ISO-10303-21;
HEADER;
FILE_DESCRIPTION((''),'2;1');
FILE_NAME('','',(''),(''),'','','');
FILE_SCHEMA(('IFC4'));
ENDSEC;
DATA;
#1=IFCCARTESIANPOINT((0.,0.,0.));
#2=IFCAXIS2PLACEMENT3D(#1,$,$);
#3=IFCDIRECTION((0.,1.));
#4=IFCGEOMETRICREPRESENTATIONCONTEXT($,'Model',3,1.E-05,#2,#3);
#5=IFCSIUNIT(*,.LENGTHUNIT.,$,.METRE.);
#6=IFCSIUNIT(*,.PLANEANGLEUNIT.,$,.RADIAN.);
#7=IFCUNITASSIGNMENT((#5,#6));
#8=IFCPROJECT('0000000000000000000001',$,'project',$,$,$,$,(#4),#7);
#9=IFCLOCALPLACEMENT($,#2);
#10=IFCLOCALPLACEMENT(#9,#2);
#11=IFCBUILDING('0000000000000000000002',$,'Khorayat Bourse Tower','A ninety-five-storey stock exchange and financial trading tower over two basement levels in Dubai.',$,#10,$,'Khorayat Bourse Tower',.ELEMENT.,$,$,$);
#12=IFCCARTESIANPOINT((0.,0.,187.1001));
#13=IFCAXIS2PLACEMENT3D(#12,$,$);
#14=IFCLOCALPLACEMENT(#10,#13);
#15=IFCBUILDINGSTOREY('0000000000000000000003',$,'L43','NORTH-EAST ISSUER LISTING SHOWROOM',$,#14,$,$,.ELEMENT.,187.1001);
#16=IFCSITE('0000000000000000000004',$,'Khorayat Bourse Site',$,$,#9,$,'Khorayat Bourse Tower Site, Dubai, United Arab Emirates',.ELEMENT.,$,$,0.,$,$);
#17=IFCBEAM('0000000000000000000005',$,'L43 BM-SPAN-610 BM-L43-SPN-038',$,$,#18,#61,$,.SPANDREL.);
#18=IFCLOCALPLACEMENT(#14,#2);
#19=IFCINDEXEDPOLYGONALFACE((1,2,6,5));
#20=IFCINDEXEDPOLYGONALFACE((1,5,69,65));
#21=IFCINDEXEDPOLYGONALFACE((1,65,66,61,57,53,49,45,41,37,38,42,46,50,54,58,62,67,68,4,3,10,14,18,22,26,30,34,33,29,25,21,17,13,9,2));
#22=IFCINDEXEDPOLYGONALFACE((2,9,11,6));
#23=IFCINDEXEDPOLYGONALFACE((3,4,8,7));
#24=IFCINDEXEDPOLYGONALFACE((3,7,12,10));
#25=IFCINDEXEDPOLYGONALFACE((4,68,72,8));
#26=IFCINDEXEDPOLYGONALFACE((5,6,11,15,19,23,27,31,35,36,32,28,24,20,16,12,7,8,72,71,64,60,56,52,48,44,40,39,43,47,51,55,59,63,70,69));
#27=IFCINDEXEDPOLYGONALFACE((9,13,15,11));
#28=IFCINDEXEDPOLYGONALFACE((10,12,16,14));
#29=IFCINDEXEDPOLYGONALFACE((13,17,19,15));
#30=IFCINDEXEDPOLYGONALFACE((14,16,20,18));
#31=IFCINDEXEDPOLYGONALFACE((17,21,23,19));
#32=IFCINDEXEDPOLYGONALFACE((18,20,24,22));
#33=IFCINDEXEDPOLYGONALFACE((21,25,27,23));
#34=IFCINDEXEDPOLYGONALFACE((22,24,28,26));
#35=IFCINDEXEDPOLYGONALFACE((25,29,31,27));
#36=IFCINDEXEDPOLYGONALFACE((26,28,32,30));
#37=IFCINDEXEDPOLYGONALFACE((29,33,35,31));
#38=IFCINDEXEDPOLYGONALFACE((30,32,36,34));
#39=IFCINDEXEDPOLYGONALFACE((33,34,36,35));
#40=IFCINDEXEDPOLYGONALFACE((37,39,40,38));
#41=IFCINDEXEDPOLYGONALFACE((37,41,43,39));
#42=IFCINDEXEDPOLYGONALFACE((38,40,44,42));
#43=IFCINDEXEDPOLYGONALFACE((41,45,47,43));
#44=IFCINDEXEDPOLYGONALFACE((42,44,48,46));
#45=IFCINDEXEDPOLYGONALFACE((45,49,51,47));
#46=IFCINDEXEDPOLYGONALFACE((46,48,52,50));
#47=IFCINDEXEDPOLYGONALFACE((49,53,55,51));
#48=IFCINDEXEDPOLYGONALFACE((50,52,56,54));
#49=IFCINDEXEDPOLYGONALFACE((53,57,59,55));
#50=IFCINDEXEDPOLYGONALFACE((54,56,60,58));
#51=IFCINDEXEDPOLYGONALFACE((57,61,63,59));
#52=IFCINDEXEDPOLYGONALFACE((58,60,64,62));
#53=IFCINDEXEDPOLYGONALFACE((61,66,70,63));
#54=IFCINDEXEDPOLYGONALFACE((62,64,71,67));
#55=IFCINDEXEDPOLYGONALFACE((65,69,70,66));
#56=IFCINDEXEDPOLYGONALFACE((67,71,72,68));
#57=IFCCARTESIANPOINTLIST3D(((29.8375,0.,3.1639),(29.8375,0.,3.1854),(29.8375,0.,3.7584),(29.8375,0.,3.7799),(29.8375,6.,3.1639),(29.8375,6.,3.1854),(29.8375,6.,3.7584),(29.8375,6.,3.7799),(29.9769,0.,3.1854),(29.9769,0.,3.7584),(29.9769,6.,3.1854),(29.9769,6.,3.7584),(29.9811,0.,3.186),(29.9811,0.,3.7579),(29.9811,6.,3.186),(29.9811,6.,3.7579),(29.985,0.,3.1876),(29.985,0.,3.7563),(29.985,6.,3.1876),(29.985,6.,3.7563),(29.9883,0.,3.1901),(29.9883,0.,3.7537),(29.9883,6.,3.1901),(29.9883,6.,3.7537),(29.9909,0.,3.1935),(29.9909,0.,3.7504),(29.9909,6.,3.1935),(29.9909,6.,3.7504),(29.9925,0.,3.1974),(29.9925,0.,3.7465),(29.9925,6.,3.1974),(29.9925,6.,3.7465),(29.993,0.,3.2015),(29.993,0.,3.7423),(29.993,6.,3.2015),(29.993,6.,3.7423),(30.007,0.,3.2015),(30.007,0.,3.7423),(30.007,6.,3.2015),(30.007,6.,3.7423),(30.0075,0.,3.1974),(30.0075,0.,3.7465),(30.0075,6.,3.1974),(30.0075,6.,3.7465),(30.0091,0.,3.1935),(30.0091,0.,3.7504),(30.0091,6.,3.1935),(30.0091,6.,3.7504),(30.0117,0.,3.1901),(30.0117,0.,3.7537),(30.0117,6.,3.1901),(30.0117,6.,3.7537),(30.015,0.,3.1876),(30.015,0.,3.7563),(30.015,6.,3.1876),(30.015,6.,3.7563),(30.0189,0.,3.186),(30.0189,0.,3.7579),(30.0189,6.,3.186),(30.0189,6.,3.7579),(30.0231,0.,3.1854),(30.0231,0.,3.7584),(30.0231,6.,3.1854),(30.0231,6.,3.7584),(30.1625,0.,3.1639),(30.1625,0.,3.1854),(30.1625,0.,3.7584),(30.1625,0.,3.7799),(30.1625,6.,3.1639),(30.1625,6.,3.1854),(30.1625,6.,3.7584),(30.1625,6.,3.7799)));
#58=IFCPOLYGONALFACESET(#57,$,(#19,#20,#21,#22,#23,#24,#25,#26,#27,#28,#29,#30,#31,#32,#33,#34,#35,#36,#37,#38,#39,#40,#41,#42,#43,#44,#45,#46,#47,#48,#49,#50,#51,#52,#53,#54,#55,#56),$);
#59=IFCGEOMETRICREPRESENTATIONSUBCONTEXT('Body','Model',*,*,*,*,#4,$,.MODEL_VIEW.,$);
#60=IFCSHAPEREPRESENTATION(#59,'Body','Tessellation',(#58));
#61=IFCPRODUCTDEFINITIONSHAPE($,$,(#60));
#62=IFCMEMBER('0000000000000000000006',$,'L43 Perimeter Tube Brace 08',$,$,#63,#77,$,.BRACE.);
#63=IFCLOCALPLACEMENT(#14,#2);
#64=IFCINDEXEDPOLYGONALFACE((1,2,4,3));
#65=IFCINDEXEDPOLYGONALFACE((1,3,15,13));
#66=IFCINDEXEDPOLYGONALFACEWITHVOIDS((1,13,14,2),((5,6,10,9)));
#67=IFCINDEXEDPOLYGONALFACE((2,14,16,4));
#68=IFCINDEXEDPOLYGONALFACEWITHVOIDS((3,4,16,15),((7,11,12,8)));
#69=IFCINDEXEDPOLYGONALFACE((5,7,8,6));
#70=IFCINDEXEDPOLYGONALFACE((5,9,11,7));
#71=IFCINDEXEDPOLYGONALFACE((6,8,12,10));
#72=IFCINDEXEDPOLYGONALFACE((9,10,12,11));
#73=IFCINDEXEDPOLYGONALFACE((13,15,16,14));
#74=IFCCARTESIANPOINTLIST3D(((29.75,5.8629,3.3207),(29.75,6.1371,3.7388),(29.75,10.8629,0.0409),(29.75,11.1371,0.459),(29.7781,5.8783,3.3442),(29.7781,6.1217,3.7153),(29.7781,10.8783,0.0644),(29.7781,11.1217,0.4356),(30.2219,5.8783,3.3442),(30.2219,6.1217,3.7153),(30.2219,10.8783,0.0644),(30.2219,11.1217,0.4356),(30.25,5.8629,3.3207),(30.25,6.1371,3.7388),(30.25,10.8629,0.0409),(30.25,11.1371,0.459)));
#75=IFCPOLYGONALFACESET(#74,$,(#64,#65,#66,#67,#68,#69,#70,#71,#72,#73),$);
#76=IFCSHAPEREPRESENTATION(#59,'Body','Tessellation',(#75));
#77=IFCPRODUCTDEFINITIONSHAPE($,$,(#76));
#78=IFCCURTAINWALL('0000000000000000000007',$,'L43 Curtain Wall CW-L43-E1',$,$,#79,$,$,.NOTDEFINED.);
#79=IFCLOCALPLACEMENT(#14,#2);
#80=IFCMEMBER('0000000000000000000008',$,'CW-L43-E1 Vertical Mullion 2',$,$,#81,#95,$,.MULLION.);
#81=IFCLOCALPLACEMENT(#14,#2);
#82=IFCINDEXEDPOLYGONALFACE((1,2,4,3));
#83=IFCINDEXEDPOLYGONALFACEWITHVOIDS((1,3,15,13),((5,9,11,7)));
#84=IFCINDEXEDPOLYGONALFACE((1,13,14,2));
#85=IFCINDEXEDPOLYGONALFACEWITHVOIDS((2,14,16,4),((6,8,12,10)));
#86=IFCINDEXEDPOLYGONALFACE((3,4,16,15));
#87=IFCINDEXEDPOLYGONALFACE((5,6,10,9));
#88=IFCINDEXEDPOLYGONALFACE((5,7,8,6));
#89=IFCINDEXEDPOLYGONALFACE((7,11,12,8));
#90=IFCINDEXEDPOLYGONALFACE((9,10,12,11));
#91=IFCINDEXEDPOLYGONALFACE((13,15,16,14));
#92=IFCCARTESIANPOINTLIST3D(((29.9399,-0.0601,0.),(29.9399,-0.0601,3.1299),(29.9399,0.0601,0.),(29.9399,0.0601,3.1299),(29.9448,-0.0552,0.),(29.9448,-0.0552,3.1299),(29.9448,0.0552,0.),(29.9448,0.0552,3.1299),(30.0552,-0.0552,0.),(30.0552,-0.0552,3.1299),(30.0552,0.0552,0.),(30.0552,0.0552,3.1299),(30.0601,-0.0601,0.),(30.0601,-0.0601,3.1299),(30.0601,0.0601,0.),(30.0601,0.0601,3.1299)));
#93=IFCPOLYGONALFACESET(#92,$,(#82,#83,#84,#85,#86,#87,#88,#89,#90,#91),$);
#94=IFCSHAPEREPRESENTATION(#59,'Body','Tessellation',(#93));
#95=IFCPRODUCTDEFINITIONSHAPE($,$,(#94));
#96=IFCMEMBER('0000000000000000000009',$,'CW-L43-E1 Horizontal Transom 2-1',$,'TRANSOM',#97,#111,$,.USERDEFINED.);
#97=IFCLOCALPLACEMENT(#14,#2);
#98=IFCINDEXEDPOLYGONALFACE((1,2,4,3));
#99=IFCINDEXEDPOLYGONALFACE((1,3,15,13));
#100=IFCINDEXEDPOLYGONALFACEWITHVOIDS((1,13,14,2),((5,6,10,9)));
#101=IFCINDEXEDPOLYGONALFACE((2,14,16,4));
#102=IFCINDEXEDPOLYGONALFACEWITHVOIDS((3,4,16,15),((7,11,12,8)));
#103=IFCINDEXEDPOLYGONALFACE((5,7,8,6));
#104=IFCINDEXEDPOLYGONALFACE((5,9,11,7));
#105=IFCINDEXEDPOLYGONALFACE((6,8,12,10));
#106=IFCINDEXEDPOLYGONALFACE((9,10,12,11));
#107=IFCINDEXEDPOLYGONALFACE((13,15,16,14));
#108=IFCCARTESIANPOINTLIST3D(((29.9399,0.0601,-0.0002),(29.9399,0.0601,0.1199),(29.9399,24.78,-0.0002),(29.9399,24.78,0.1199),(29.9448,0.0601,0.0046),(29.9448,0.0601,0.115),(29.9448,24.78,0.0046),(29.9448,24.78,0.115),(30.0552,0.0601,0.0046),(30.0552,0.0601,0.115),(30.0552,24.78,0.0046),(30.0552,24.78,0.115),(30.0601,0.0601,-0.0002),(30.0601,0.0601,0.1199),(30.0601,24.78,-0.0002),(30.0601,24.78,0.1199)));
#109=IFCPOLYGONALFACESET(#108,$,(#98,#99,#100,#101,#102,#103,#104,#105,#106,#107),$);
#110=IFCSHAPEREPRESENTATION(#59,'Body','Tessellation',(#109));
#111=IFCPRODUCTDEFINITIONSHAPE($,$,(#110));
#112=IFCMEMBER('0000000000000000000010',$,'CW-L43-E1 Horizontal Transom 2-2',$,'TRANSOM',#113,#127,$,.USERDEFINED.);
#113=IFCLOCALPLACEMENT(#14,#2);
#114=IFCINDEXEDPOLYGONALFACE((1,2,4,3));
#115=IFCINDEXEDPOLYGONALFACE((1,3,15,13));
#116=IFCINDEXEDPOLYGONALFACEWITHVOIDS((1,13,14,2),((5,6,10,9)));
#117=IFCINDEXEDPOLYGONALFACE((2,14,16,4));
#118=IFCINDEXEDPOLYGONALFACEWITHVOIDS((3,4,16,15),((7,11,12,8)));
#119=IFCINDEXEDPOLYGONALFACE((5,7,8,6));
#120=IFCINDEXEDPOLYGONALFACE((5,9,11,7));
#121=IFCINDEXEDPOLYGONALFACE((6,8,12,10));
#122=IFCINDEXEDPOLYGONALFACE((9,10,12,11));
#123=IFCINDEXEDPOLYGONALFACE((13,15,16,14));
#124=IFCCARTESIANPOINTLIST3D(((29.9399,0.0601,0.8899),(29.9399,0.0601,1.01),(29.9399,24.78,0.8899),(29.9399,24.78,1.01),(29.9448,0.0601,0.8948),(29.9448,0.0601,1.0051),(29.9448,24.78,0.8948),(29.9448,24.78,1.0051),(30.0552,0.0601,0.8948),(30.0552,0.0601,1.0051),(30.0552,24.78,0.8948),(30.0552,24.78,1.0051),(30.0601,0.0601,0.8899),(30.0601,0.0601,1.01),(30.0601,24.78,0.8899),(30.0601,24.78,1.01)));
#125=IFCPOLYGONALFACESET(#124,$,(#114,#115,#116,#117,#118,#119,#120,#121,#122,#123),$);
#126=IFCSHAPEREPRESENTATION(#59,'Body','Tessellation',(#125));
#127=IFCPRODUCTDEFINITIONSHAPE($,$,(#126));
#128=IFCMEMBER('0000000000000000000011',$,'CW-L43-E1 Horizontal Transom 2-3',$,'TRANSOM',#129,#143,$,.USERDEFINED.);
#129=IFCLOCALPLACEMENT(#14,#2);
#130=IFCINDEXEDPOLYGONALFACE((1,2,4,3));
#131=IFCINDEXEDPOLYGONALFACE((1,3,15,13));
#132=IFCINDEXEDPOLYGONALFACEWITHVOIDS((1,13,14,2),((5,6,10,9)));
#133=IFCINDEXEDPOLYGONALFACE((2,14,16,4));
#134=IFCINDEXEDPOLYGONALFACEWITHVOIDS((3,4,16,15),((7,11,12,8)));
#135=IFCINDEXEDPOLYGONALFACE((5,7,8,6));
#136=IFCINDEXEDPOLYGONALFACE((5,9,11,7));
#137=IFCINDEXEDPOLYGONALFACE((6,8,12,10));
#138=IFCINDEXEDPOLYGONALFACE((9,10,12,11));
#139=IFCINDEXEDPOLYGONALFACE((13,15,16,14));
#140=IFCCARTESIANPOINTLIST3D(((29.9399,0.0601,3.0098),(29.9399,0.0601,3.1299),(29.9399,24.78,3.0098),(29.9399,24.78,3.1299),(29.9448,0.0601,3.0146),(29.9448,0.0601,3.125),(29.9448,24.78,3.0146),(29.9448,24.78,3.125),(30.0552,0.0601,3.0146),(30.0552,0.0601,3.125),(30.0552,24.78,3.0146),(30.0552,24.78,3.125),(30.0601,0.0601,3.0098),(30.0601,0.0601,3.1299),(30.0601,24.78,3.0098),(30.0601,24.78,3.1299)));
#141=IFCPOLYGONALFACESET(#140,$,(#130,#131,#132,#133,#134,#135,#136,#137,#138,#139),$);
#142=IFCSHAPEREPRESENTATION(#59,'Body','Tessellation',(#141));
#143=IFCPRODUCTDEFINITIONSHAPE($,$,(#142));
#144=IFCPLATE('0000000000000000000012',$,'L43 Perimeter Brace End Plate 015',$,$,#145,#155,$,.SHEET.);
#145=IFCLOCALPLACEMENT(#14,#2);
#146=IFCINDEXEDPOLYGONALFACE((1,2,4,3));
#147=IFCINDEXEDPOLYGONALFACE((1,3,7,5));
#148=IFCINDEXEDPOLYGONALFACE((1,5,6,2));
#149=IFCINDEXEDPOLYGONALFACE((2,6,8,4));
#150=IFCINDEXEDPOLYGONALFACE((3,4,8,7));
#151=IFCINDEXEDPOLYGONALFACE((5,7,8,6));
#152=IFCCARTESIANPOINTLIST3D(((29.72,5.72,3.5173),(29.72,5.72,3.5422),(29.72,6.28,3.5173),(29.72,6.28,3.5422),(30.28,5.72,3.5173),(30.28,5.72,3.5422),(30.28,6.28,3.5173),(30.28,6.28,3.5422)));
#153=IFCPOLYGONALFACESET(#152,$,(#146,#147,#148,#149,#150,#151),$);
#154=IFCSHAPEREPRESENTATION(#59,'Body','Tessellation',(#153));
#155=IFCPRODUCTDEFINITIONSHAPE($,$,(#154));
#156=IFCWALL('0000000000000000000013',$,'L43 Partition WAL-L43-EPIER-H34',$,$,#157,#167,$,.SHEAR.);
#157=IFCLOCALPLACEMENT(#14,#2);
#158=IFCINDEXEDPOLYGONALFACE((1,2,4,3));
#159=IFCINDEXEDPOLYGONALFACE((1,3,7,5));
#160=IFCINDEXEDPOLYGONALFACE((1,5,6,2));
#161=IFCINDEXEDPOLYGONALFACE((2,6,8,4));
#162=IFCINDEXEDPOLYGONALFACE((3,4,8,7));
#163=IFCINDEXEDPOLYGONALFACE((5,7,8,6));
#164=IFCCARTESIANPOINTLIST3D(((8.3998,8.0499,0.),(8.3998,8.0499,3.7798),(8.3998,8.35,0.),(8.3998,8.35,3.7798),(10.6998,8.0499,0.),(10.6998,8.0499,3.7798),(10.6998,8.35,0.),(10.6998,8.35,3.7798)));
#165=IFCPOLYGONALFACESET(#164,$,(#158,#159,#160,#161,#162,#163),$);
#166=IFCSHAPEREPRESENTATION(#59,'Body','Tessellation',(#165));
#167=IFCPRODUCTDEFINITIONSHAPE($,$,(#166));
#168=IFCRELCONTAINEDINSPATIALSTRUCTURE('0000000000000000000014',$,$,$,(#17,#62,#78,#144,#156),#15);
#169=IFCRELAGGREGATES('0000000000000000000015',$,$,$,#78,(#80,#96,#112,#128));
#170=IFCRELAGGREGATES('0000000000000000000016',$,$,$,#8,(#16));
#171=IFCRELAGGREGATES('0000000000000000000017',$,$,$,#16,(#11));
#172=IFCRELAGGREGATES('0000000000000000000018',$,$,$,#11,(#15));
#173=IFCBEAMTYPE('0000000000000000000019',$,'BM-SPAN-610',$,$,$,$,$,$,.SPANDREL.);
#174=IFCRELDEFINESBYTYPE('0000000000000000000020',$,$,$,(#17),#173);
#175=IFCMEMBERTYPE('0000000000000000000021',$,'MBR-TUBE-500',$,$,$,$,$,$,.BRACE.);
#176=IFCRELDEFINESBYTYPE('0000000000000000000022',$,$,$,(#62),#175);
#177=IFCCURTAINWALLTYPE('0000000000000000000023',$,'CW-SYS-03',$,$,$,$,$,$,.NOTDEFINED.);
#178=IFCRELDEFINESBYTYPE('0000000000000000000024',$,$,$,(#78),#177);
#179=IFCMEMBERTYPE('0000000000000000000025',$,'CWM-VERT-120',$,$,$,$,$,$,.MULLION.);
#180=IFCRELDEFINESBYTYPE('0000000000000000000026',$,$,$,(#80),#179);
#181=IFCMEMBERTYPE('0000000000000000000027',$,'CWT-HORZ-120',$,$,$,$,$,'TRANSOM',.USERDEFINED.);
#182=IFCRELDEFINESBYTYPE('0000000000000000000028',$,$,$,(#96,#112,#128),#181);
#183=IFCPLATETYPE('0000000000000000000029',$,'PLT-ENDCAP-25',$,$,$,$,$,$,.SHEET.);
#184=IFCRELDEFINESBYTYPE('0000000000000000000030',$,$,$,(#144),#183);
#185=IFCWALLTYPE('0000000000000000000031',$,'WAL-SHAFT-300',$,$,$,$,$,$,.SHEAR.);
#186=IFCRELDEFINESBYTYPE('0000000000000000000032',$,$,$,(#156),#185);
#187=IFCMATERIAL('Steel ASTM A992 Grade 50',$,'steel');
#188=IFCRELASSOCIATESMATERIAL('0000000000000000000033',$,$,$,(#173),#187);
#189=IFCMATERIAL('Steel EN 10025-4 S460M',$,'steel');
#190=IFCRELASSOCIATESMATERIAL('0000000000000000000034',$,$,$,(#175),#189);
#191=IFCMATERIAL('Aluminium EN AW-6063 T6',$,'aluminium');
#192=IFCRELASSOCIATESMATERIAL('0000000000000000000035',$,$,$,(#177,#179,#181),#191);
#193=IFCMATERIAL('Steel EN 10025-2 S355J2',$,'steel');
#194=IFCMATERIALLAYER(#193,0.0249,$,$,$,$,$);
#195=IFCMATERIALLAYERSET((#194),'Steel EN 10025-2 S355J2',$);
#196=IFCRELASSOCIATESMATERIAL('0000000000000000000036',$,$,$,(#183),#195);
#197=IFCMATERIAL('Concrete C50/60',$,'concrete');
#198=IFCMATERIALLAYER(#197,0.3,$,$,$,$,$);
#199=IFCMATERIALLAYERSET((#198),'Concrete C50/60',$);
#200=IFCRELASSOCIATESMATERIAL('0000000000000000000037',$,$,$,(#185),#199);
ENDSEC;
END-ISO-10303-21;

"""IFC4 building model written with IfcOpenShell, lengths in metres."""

from ifc_helpers import new_model, si_unit, direction, frame, frame_2d, origin, origin_2d, place, context, subcontext, project, spatial, rectangle, hollow_rectangle, i_section, extrude, source, transform, mapped, material, layer, layer_set, material_profile, profile_set, type_object, element, aggregate, save


model = new_model("IFC4")

# Units and contexts
model_context = context("Model", 3, precision=1e-05, world=origin(), true_north=direction((0.0, 1.0)))
body_context = subcontext(model_context, "Body", "Model", "MODEL_VIEW")
ifc_project = project(units=[si_unit("LENGTHUNIT", "METRE"), si_unit("PLANEANGLEUNIT", "RADIAN")], contexts=[model_context])

# Site, building, storey
site_placement = place(None, origin())
site = spatial("IfcSite", under=ifc_project, at=site_placement, Name="Khorayat Bourse Site", LongName="Khorayat Bourse Tower Site, Dubai, United Arab Emirates", CompositionType="ELEMENT", RefElevation=0.0)
building_placement = place(site_placement, origin())
building = spatial("IfcBuilding", under=site, at=building_placement, Name="Khorayat Bourse Tower", Description="A ninety-five-storey stock exchange and financial trading tower over two basement levels in Dubai.", LongName="Khorayat Bourse Tower", CompositionType="ELEMENT")
storey_placement = place(building_placement, frame((0.0, 0.0, 187.1001)))
storey = spatial("IfcBuildingStorey", under=building, at=storey_placement, Name="L43", Description="NORTH-EAST ISSUER LISTING SHOWROOM", CompositionType="ELEMENT", Elevation=187.1001)

# Shared definitions
ifc_material_1 = material(Name="Steel EN 10025-4 S460M", Category="steel")

# Beam
ifc_material_2 = material(Name="Steel ASTM A992 Grade 50", Category="steel")
ifc_material_profile_1 = material_profile(ifc_material_2, i_section(OverallWidth=0.325, OverallDepth=0.616, WebThickness=0.0139, FlangeThickness=0.0215, FilletRadius=0.0161, at=origin_2d()), Name="W610X174")
ifc_profile_set_1 = profile_set([ifc_material_profile_1], Name="Steel ASTM A992 Grade 50")
beam_type_1 = type_object("IfcBeamType", Name="BM-SPAN-610", PredefinedType="SPANDREL", material=ifc_profile_set_1)
shared_shape_1 = source(origin(), body_context, "Body", "SweptSolid", [
    extrude(i_section(OverallWidth=0.325, OverallDepth=0.616, WebThickness=0.0139, FlangeThickness=0.0215, FilletRadius=0.0161, at=origin_2d()), origin(), (0.0, 0.0, 1.0), 6.0),
])
beam_1_placement = place(storey_placement, frame((30.0, 0.0, 3.4719), z_axis=(0.0, 1.0, 0.0), x_axis=(-1.0, 0.0, 0.0)))
element("IfcBeam", 1, at=beam_1_placement, inside=storey, type_object=beam_type_1, Name="L43 BM-SPAN-610 BM-L43-SPN-038", PredefinedType="SPANDREL", context=body_context, shape_type="MappedRepresentation", body=[
    mapped(shared_shape_1, transform((0.0, 0.0, 0.0), scale=1.0)),
])

# Member
ifc_material_profile_2 = material_profile(ifc_material_1, hollow_rectangle(XDim=0.5, YDim=0.5, WallThickness=0.0281, at=origin_2d()), Name="HSS 500x500x28")
ifc_profile_set_2 = profile_set([ifc_material_profile_2], Name="Steel EN 10025-4 S460M")
member_type_1 = type_object("IfcMemberType", Name="MBR-TUBE-500", PredefinedType="BRACE", material=ifc_profile_set_2)
shared_shape_2 = source(origin(), body_context, "Body", "SweptSolid", [
    extrude(hollow_rectangle(XDim=0.5, YDim=0.5, WallThickness=0.0281, at=origin_2d()), origin(), (0.0, 0.0, 1.0), 5.9797),
])
member_1_placement = place(storey_placement, frame((30.0, 6.0, 3.5298), z_axis=(0.0, 0.83616, -0.548485), x_axis=(-1.0, 0.0, 0.0)))
element("IfcMember", 2, at=member_1_placement, inside=storey, type_object=member_type_1, Name="L43 Perimeter Tube Brace 08", PredefinedType="BRACE", context=body_context, shape_type="MappedRepresentation", body=[
    mapped(shared_shape_2, transform((0.0, 0.0, 0.0), scale=1.0)),
])

# Curtain wall, members
ifc_material_3 = material(Name="Aluminium EN AW-6063 T6", Category="aluminium")
curtain_wall_type = type_object("IfcCurtainWallType", Name="CW-SYS-03", PredefinedType="NOTDEFINED", material=ifc_material_3)
curtain_wall_placement = place(storey_placement, origin())
curtain_wall = element("IfcCurtainWall", 3, at=curtain_wall_placement, inside=storey, type_object=curtain_wall_type, Name="L43 Curtain Wall CW-L43-E1", PredefinedType="NOTDEFINED")
ifc_material_profile_3 = material_profile(ifc_material_3, hollow_rectangle(XDim=0.1201, YDim=0.1201, WallThickness=0.0049, at=origin_2d()), Name="ALU 120x120x5")
ifc_profile_set_3 = profile_set([ifc_material_profile_3], Name="Aluminium EN AW-6063 T6")
member_type_2 = type_object("IfcMemberType", Name="CWM-VERT-120", PredefinedType="MULLION", material=ifc_profile_set_3)
shared_shape_3 = source(origin(), body_context, "Body", "SweptSolid", [
    extrude(hollow_rectangle(XDim=0.1201, YDim=0.1201, WallThickness=0.0049, at=origin_2d()), origin(), (0.0, 0.0, 1.0), 3.1299),
])
member_2_placement = place(storey_placement, frame((30.0, 0.0, 0.0), z_axis=(0.0, 0.0, 1.0), x_axis=(-1.0, 0.0, 0.0)))
member_2 = element("IfcMember", 4, at=member_2_placement, type_object=member_type_2, Name="CW-L43-E1 Vertical Mullion 2", PredefinedType="MULLION", context=body_context, shape_type="MappedRepresentation", body=[
    mapped(shared_shape_3, transform((0.0, 0.0, 0.0), scale=1.0)),
])
ifc_material_profile_4 = material_profile(ifc_material_3, hollow_rectangle(XDim=0.1201, YDim=0.1201, WallThickness=0.0049, at=origin_2d()), Name="ALU 120x120x5")
ifc_profile_set_4 = profile_set([ifc_material_profile_4], Name="Aluminium EN AW-6063 T6")
member_type_3 = type_object("IfcMemberType", Name="CWT-HORZ-120", ElementType="TRANSOM", PredefinedType="USERDEFINED", material=ifc_profile_set_4)
shared_shape_4 = source(origin(), body_context, "Body", "SweptSolid", [
    extrude(hollow_rectangle(XDim=0.1201, YDim=0.1201, WallThickness=0.0049, at=origin_2d()), origin(), (0.0, 0.0, 1.0), 24.72),
])
member_3_placement = place(storey_placement, frame((30.0, 0.0601, 0.0598), z_axis=(0.0, 1.0, 0.0), x_axis=(-1.0, 0.0, 0.0)))
member_3 = element("IfcMember", 5, at=member_3_placement, type_object=member_type_3, Name="CW-L43-E1 Horizontal Transom 2-1", ObjectType="TRANSOM", PredefinedType="USERDEFINED", context=body_context, shape_type="MappedRepresentation", body=[
    mapped(shared_shape_4, transform((0.0, 0.0, 0.0), scale=1.0)),
])
member_4_placement = place(storey_placement, frame((30.0, 0.0601, 0.95), z_axis=(0.0, 1.0, 0.0), x_axis=(-1.0, 0.0, 0.0)))
member_4 = element("IfcMember", 6, at=member_4_placement, type_object=member_type_3, Name="CW-L43-E1 Horizontal Transom 2-2", ObjectType="TRANSOM", PredefinedType="USERDEFINED", context=body_context, shape_type="MappedRepresentation", body=[
    mapped(shared_shape_4, transform((0.0, 0.0, 0.0), scale=1.0)),
])
member_5_placement = place(storey_placement, frame((30.0, 0.0601, 3.0698), z_axis=(0.0, 1.0, 0.0), x_axis=(-1.0, 0.0, 0.0)))
member_5 = element("IfcMember", 7, at=member_5_placement, type_object=member_type_3, Name="CW-L43-E1 Horizontal Transom 2-3", ObjectType="TRANSOM", PredefinedType="USERDEFINED", context=body_context, shape_type="MappedRepresentation", body=[
    mapped(shared_shape_4, transform((0.0, 0.0, 0.0), scale=1.0)),
])
aggregate(curtain_wall, [member_2, member_3, member_4, member_5])

# Plate
ifc_material_4 = material(Name="Steel EN 10025-2 S355J2", Category="steel")
ifc_layer_1 = layer(ifc_material_4, 0.0249)
ifc_layer_set_1 = layer_set([ifc_layer_1], Name="Steel EN 10025-2 S355J2")
plate_type = type_object("IfcPlateType", Name="PLT-ENDCAP-25", PredefinedType="SHEET", material=ifc_layer_set_1)
shared_shape_5 = source(origin(), body_context, "Body", "SweptSolid", [
    extrude(rectangle(XDim=0.5601, YDim=0.5601, at=origin_2d()), origin(), (0.0, 0.0, 1.0), 0.0249),
])
plate_placement = place(storey_placement, frame((30.0, 6.0, 3.5173), z_axis=(0.0, 0.0, 1.0), x_axis=(1.0, 0.0, 0.0)))
element("IfcPlate", 8, at=plate_placement, inside=storey, type_object=plate_type, Name="L43 Perimeter Brace End Plate 015", PredefinedType="SHEET", context=body_context, shape_type="MappedRepresentation", body=[
    mapped(shared_shape_5, transform((0.0, 0.0, 0.0), scale=1.0)),
])

# Wall
ifc_material_5 = material(Name="Concrete C50/60", Category="concrete")
ifc_layer_2 = layer(ifc_material_5, 0.3)
ifc_layer_set_2 = layer_set([ifc_layer_2], Name="Concrete C50/60")
wall_type_1 = type_object("IfcWallType", Name="WAL-SHAFT-300", PredefinedType="SHEAR", material=ifc_layer_set_2)
shared_shape_6 = source(origin(), body_context, "Body", "SweptSolid", [
    extrude(rectangle(XDim=2.3, YDim=0.3, at=frame_2d((1.1499, 0.0))), origin(), (0.0, 0.0, 1.0), 3.7798),
])
wall_1_placement = place(storey_placement, frame((8.3999, 8.2, 0.0), z_axis=(0.0, 0.0, 1.0), x_axis=(1.0, 0.0, 0.0)))
element("IfcWall", 9, at=wall_1_placement, inside=storey, type_object=wall_type_1, Name="L43 Partition WAL-L43-EPIER-H34", PredefinedType="SHEAR", context=body_context, shape_type="MappedRepresentation", body=[
    mapped(shared_shape_6, transform((0.0, 0.0, 0.0), scale=1.0)),
])

save(model, "model.ifc")
